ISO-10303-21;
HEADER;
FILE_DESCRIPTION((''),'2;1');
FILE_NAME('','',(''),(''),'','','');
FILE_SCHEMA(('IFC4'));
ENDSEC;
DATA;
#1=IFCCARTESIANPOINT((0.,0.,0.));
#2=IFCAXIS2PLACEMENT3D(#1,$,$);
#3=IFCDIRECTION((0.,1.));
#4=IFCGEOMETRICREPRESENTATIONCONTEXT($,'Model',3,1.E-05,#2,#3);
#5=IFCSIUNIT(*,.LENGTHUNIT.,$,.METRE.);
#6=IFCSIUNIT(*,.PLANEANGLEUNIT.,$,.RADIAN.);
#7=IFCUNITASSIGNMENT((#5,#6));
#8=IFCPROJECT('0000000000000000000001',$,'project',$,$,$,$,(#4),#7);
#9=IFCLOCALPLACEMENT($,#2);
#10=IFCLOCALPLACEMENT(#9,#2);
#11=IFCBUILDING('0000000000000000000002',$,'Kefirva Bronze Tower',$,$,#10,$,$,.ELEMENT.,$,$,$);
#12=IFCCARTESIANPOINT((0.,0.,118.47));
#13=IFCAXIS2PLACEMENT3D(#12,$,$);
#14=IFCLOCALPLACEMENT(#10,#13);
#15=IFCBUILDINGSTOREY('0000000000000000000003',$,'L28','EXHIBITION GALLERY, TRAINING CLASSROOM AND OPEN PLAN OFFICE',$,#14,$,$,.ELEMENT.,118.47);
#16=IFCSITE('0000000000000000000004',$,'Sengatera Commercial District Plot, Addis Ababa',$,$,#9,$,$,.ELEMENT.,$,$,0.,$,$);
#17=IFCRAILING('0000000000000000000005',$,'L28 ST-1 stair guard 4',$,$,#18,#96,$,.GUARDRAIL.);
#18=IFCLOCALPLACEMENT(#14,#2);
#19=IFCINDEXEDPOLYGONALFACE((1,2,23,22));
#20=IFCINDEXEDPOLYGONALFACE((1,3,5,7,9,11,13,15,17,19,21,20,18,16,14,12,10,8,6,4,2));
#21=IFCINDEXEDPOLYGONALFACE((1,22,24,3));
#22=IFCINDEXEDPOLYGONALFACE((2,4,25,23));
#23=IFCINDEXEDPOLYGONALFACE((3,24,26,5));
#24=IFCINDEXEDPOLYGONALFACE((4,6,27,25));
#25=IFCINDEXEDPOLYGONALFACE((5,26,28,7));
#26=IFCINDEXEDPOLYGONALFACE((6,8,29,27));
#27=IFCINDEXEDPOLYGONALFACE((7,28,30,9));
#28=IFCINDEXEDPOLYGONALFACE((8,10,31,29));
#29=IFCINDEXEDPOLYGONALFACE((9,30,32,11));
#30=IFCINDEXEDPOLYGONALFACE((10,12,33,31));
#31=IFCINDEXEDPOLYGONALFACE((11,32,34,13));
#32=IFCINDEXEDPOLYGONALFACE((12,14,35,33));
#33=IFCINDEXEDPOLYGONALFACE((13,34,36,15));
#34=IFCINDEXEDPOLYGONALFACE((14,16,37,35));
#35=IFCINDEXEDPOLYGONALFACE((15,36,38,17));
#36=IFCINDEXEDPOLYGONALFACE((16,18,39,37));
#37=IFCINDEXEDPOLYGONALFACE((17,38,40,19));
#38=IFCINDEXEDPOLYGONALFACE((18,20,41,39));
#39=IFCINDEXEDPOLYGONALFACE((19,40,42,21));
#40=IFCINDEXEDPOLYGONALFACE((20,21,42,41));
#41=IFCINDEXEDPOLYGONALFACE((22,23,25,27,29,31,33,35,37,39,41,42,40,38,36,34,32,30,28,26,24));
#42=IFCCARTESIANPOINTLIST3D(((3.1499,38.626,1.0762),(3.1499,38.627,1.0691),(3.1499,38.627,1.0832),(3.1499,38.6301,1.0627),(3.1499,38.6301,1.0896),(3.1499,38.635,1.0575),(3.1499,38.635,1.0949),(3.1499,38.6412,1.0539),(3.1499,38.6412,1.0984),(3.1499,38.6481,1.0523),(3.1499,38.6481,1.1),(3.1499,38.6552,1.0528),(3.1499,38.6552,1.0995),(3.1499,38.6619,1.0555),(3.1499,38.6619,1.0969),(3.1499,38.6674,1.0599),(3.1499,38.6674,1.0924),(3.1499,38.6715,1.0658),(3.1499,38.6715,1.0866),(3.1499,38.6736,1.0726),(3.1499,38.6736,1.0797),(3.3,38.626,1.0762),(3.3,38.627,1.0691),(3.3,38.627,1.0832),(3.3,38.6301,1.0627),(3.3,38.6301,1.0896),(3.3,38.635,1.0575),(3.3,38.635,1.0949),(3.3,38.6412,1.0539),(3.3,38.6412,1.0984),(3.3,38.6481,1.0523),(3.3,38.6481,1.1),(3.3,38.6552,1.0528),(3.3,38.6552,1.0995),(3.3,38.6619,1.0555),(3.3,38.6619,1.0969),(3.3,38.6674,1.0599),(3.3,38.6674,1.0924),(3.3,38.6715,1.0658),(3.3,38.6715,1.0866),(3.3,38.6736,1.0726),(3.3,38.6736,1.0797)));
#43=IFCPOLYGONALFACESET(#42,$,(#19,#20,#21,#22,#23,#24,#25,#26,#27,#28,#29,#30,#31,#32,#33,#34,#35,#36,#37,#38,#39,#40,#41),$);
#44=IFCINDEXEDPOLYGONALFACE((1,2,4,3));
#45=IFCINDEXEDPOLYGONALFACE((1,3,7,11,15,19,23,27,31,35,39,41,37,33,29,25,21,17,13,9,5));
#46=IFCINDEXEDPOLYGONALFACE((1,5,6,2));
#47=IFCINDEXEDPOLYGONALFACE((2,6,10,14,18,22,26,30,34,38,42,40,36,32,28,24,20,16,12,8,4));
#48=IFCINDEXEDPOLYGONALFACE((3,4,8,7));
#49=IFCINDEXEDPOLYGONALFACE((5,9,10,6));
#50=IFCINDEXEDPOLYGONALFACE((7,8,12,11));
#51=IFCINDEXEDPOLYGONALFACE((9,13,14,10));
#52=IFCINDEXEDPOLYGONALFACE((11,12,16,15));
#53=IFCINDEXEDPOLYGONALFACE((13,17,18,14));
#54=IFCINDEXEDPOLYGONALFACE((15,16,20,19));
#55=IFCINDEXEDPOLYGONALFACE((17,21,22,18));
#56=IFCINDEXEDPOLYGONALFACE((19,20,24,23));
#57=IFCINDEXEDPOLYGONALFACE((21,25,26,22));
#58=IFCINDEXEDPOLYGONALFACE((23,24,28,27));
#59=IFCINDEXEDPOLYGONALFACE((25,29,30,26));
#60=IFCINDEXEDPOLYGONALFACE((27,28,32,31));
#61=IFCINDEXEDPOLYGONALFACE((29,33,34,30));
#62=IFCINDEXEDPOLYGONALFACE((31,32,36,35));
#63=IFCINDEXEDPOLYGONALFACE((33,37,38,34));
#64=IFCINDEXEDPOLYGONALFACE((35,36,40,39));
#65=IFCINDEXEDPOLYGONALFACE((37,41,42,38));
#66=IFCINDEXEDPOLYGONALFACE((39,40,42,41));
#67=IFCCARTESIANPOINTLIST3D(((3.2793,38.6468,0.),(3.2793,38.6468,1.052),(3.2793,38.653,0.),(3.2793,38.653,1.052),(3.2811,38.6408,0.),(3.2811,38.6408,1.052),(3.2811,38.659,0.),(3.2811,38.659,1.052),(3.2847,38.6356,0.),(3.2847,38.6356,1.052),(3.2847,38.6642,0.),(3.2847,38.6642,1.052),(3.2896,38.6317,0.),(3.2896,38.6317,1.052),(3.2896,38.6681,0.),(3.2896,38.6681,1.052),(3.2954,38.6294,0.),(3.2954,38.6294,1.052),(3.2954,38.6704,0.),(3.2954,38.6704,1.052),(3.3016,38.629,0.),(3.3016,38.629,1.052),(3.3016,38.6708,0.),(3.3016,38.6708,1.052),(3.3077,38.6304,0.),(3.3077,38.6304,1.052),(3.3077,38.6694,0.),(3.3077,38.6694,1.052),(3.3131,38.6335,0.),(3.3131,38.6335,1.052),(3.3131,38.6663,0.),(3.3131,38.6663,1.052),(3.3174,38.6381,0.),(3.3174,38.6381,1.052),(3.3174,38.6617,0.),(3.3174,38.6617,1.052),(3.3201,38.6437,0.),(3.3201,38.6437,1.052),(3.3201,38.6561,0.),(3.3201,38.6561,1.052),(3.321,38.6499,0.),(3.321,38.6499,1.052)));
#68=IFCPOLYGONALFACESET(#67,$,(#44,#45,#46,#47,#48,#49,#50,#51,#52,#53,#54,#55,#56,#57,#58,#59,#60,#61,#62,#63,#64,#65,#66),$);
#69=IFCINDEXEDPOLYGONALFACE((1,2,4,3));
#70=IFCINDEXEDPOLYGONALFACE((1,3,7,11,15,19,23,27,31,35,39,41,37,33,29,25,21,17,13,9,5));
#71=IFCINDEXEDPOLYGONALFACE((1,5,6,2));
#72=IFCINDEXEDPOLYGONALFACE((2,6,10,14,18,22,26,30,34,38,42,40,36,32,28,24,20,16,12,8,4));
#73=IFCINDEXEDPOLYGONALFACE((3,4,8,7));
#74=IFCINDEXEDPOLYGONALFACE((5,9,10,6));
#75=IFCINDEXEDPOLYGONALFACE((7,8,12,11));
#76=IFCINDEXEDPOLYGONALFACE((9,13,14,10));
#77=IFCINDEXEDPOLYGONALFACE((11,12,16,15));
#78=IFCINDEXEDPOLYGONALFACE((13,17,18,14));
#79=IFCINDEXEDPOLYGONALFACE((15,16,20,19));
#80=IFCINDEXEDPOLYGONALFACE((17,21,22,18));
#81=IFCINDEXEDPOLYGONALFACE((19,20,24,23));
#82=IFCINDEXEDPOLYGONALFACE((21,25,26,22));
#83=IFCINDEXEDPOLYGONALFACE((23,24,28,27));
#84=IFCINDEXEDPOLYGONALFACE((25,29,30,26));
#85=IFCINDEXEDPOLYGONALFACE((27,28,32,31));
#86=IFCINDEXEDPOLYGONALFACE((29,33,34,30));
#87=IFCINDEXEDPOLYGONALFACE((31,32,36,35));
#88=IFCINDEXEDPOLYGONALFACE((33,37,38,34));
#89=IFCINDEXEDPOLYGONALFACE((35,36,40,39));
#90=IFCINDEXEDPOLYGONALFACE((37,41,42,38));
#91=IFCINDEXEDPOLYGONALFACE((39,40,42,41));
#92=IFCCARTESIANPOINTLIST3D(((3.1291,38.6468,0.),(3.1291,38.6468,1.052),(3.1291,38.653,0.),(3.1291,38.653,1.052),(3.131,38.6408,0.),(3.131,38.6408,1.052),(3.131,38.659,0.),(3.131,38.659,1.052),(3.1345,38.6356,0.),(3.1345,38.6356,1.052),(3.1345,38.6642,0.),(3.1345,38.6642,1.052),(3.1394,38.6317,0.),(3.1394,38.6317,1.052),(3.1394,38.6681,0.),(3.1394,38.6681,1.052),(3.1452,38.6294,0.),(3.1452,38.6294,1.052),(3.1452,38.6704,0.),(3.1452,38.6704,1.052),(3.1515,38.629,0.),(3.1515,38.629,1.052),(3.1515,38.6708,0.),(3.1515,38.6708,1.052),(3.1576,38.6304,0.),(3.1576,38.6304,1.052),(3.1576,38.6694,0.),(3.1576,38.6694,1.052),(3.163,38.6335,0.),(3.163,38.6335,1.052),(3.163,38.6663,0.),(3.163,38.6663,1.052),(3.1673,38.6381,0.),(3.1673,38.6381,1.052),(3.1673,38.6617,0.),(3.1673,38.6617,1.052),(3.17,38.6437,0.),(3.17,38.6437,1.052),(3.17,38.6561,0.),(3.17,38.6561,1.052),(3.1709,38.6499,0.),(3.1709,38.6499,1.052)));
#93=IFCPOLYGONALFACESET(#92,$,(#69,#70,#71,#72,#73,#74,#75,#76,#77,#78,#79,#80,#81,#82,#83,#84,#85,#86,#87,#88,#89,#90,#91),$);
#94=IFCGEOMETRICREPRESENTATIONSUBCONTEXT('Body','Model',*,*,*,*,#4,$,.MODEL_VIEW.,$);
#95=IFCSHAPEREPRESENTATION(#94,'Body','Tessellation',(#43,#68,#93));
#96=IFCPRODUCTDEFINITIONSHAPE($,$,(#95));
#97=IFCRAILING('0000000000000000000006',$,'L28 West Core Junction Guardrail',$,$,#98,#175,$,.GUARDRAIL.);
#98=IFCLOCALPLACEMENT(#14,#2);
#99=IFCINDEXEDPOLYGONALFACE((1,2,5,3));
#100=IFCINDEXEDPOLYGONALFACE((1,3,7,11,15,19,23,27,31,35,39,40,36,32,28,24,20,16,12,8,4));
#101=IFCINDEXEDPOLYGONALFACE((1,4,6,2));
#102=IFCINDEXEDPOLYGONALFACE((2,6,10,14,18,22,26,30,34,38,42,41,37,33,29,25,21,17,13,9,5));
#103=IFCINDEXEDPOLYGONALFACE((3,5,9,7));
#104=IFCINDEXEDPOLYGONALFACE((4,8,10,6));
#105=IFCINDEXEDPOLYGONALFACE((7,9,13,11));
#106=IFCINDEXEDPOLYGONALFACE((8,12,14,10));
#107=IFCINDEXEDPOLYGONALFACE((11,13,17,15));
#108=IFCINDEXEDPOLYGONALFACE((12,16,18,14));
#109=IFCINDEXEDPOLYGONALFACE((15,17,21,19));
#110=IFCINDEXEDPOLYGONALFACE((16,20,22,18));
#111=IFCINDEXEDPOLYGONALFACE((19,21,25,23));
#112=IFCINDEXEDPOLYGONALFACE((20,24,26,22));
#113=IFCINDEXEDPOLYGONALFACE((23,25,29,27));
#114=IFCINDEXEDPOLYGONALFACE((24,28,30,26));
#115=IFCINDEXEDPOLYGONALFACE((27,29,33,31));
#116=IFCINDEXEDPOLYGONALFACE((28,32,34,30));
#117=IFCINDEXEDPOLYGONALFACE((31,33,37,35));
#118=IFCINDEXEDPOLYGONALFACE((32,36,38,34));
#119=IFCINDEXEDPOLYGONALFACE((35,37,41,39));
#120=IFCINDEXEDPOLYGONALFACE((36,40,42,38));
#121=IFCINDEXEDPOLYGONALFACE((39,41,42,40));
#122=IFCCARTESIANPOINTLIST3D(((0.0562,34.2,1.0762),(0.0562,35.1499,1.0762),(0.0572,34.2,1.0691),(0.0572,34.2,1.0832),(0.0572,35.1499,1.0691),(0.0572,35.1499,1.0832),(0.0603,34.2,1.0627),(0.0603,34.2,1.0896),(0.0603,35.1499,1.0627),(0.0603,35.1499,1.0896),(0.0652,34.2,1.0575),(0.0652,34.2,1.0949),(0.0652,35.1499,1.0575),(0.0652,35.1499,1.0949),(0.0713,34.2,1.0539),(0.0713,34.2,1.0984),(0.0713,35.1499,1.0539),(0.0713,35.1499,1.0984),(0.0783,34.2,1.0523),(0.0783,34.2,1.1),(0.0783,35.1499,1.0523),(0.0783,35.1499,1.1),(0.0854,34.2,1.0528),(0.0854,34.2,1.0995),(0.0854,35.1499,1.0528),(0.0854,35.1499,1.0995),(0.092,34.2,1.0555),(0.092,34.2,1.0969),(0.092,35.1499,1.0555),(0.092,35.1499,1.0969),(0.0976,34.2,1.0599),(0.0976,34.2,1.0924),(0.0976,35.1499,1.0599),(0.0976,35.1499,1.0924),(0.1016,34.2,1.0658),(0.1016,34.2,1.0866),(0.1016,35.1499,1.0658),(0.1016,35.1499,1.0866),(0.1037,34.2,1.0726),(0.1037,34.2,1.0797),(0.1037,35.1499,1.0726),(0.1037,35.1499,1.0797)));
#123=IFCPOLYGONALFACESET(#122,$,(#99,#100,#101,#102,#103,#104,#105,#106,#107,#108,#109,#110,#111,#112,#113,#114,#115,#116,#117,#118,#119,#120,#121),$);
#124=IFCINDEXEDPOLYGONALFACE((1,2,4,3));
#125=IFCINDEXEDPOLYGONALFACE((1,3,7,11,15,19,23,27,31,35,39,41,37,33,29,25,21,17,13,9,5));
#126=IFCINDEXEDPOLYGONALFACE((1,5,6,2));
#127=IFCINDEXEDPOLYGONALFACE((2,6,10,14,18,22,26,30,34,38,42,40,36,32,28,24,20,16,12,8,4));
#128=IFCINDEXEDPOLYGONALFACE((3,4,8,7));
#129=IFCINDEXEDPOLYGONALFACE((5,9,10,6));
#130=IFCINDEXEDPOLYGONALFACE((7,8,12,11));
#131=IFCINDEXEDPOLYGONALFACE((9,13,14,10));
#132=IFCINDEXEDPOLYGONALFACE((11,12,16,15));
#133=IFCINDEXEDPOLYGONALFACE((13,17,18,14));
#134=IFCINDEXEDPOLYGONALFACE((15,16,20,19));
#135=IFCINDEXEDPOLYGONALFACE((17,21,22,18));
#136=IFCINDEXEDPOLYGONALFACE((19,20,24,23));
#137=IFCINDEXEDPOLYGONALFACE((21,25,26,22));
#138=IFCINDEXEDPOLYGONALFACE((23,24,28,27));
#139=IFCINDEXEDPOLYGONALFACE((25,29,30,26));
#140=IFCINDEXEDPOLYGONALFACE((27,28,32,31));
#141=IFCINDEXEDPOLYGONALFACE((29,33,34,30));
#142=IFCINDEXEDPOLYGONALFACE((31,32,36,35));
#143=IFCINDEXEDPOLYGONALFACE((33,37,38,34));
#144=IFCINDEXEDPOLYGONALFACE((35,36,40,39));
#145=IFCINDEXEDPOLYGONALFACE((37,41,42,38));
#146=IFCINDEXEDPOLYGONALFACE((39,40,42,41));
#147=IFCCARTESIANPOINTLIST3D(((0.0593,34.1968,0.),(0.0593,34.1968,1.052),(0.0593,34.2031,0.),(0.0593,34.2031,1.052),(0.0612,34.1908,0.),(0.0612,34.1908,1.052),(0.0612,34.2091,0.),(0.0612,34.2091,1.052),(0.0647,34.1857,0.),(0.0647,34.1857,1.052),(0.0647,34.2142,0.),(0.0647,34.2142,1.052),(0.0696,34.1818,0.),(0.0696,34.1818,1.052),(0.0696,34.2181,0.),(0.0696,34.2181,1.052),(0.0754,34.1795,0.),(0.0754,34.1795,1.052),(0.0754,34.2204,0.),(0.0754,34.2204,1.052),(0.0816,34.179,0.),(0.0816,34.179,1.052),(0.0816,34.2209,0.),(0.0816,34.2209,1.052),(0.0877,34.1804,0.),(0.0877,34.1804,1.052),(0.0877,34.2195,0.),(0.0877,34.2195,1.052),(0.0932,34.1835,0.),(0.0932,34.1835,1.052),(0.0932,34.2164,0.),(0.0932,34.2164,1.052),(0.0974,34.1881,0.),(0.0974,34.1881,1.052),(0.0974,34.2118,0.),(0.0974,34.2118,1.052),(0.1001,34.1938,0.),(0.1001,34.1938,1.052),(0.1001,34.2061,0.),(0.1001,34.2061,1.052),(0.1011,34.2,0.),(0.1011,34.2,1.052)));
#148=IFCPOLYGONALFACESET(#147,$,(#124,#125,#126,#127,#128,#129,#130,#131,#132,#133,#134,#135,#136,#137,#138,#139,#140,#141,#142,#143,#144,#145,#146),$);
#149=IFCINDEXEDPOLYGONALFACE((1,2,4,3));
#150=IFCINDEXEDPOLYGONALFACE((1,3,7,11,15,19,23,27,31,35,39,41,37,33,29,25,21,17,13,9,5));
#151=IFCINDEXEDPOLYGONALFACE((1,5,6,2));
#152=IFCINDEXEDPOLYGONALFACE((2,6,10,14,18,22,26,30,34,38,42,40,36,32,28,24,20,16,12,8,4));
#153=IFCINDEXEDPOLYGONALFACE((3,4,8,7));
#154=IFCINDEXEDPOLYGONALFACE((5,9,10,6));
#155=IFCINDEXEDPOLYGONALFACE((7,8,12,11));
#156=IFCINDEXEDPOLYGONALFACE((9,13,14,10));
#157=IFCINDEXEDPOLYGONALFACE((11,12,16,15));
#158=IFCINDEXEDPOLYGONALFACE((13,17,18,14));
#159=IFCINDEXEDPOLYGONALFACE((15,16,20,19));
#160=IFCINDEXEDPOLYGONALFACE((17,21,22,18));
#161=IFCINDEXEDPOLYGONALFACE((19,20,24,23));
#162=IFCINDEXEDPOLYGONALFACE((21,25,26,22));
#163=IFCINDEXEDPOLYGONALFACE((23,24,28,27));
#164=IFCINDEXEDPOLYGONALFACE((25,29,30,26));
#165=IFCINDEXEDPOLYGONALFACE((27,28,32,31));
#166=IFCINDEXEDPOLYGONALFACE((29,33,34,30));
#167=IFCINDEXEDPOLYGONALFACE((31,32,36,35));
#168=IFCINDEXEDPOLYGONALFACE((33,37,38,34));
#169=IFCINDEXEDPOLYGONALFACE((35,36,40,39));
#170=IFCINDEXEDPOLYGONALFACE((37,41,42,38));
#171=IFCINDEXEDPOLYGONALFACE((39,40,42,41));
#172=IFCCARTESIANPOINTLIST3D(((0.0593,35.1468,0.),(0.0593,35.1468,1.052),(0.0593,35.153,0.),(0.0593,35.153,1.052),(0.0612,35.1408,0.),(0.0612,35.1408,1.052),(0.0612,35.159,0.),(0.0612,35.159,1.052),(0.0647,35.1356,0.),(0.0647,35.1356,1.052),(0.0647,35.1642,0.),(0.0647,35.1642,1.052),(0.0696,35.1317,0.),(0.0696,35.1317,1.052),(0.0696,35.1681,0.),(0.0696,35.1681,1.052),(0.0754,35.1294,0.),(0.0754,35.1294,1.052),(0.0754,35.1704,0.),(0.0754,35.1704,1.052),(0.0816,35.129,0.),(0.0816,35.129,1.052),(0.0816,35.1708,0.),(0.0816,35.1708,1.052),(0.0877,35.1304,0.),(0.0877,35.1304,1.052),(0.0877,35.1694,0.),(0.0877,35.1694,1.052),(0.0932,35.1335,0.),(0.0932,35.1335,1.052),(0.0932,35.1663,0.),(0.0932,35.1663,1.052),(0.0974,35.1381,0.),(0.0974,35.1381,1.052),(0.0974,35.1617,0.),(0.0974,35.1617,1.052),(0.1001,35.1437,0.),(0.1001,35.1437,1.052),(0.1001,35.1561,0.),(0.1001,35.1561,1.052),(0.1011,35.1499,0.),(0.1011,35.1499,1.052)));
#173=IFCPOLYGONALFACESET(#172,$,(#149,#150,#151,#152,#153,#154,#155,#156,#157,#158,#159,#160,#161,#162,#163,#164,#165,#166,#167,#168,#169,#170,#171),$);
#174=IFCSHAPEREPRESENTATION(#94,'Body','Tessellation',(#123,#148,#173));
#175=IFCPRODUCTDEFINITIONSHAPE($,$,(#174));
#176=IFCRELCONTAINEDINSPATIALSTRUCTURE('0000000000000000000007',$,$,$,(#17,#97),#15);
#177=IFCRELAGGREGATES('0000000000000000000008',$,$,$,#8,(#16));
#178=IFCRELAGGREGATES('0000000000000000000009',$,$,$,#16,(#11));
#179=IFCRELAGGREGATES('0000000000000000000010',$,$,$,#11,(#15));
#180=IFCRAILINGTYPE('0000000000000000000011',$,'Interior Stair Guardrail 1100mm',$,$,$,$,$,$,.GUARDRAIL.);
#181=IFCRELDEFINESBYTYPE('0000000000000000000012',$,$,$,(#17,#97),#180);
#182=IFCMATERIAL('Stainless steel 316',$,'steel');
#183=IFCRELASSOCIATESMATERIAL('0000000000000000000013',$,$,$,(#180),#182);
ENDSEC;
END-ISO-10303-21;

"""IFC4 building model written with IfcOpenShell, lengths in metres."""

from ifc_helpers import new_model, si_unit, direction, frame, origin, origin_2d, place, context, subcontext, project, spatial, circle, extrude, material, type_object, element, save


model = new_model("IFC4")

# Units and contexts
model_context = context("Model", 3, precision=1e-05, world=origin(), true_north=direction((0.0, 1.0)))
body_context = subcontext(model_context, "Body", "Model", "MODEL_VIEW")
ifc_project = project(units=[si_unit("LENGTHUNIT", "METRE"), si_unit("PLANEANGLEUNIT", "RADIAN")], contexts=[model_context])

# Site, building, storey
site_placement = place(None, origin())
site = spatial("IfcSite", under=ifc_project, at=site_placement, Name="Sengatera Commercial District Plot, Addis Ababa", CompositionType="ELEMENT", RefElevation=0.0)
building_placement = place(site_placement, origin())
building = spatial("IfcBuilding", under=site, at=building_placement, Name="Kefirva Bronze Tower", CompositionType="ELEMENT")
storey_placement = place(building_placement, frame((0.0, 0.0, 118.47)))
storey = spatial("IfcBuildingStorey", under=building, at=storey_placement, Name="L28", Description="EXHIBITION GALLERY, TRAINING CLASSROOM AND OPEN PLAN OFFICE", CompositionType="ELEMENT", Elevation=118.47)

# Railings
ifc_material_1 = material(Name="Stainless steel 316", Category="steel")
railing_type_1 = type_object("IfcRailingType", Name="Interior Stair Guardrail 1100mm", PredefinedType="GUARDRAIL", material=ifc_material_1)
railing_1_placement = place(storey_placement, frame((3.3, 38.6499, 0.0)))
element("IfcRailing", 1, at=railing_1_placement, inside=storey, type_object=railing_type_1, Name="L28 ST-1 stair guard 4", PredefinedType="GUARDRAIL", context=body_context, shape_type="SweptSolid", body=[
    extrude(circle(Radius=0.0239, at=origin_2d()), frame((0.0, 0.0, 1.0762), z_axis=(-1.0, 0.0, 0.0), x_axis=(0.0, -1.0, 0.0)), (0.0, 0.0, 1.0), 0.1501),
    extrude(circle(Radius=0.021, at=origin_2d()), origin(), (0.0, 0.0, 1.0), 1.052),
    extrude(circle(Radius=0.021, at=origin_2d()), frame((-0.1501, 0.0, 0.0)), (0.0, 0.0, 1.0), 1.052),
])
railing_2_placement = place(storey_placement, frame((0.0801, 34.2, 0.0)))
element("IfcRailing", 2, at=railing_2_placement, inside=storey, type_object=railing_type_1, Name="L28 West Core Junction Guardrail", PredefinedType="GUARDRAIL", context=body_context, shape_type="SweptSolid", body=[
    extrude(circle(Radius=0.0239, at=origin_2d()), frame((0.0, 0.0, 1.0762), z_axis=(0.0, 1.0, 0.0), x_axis=(-1.0, 0.0, 0.0)), (0.0, 0.0, 1.0), 0.95),
    extrude(circle(Radius=0.021, at=origin_2d()), origin(), (0.0, 0.0, 1.0), 1.052),
    extrude(circle(Radius=0.021, at=origin_2d()), frame((0.0, 0.95, 0.0)), (0.0, 0.0, 1.0), 1.052),
])

save(model, "model.ifc")
